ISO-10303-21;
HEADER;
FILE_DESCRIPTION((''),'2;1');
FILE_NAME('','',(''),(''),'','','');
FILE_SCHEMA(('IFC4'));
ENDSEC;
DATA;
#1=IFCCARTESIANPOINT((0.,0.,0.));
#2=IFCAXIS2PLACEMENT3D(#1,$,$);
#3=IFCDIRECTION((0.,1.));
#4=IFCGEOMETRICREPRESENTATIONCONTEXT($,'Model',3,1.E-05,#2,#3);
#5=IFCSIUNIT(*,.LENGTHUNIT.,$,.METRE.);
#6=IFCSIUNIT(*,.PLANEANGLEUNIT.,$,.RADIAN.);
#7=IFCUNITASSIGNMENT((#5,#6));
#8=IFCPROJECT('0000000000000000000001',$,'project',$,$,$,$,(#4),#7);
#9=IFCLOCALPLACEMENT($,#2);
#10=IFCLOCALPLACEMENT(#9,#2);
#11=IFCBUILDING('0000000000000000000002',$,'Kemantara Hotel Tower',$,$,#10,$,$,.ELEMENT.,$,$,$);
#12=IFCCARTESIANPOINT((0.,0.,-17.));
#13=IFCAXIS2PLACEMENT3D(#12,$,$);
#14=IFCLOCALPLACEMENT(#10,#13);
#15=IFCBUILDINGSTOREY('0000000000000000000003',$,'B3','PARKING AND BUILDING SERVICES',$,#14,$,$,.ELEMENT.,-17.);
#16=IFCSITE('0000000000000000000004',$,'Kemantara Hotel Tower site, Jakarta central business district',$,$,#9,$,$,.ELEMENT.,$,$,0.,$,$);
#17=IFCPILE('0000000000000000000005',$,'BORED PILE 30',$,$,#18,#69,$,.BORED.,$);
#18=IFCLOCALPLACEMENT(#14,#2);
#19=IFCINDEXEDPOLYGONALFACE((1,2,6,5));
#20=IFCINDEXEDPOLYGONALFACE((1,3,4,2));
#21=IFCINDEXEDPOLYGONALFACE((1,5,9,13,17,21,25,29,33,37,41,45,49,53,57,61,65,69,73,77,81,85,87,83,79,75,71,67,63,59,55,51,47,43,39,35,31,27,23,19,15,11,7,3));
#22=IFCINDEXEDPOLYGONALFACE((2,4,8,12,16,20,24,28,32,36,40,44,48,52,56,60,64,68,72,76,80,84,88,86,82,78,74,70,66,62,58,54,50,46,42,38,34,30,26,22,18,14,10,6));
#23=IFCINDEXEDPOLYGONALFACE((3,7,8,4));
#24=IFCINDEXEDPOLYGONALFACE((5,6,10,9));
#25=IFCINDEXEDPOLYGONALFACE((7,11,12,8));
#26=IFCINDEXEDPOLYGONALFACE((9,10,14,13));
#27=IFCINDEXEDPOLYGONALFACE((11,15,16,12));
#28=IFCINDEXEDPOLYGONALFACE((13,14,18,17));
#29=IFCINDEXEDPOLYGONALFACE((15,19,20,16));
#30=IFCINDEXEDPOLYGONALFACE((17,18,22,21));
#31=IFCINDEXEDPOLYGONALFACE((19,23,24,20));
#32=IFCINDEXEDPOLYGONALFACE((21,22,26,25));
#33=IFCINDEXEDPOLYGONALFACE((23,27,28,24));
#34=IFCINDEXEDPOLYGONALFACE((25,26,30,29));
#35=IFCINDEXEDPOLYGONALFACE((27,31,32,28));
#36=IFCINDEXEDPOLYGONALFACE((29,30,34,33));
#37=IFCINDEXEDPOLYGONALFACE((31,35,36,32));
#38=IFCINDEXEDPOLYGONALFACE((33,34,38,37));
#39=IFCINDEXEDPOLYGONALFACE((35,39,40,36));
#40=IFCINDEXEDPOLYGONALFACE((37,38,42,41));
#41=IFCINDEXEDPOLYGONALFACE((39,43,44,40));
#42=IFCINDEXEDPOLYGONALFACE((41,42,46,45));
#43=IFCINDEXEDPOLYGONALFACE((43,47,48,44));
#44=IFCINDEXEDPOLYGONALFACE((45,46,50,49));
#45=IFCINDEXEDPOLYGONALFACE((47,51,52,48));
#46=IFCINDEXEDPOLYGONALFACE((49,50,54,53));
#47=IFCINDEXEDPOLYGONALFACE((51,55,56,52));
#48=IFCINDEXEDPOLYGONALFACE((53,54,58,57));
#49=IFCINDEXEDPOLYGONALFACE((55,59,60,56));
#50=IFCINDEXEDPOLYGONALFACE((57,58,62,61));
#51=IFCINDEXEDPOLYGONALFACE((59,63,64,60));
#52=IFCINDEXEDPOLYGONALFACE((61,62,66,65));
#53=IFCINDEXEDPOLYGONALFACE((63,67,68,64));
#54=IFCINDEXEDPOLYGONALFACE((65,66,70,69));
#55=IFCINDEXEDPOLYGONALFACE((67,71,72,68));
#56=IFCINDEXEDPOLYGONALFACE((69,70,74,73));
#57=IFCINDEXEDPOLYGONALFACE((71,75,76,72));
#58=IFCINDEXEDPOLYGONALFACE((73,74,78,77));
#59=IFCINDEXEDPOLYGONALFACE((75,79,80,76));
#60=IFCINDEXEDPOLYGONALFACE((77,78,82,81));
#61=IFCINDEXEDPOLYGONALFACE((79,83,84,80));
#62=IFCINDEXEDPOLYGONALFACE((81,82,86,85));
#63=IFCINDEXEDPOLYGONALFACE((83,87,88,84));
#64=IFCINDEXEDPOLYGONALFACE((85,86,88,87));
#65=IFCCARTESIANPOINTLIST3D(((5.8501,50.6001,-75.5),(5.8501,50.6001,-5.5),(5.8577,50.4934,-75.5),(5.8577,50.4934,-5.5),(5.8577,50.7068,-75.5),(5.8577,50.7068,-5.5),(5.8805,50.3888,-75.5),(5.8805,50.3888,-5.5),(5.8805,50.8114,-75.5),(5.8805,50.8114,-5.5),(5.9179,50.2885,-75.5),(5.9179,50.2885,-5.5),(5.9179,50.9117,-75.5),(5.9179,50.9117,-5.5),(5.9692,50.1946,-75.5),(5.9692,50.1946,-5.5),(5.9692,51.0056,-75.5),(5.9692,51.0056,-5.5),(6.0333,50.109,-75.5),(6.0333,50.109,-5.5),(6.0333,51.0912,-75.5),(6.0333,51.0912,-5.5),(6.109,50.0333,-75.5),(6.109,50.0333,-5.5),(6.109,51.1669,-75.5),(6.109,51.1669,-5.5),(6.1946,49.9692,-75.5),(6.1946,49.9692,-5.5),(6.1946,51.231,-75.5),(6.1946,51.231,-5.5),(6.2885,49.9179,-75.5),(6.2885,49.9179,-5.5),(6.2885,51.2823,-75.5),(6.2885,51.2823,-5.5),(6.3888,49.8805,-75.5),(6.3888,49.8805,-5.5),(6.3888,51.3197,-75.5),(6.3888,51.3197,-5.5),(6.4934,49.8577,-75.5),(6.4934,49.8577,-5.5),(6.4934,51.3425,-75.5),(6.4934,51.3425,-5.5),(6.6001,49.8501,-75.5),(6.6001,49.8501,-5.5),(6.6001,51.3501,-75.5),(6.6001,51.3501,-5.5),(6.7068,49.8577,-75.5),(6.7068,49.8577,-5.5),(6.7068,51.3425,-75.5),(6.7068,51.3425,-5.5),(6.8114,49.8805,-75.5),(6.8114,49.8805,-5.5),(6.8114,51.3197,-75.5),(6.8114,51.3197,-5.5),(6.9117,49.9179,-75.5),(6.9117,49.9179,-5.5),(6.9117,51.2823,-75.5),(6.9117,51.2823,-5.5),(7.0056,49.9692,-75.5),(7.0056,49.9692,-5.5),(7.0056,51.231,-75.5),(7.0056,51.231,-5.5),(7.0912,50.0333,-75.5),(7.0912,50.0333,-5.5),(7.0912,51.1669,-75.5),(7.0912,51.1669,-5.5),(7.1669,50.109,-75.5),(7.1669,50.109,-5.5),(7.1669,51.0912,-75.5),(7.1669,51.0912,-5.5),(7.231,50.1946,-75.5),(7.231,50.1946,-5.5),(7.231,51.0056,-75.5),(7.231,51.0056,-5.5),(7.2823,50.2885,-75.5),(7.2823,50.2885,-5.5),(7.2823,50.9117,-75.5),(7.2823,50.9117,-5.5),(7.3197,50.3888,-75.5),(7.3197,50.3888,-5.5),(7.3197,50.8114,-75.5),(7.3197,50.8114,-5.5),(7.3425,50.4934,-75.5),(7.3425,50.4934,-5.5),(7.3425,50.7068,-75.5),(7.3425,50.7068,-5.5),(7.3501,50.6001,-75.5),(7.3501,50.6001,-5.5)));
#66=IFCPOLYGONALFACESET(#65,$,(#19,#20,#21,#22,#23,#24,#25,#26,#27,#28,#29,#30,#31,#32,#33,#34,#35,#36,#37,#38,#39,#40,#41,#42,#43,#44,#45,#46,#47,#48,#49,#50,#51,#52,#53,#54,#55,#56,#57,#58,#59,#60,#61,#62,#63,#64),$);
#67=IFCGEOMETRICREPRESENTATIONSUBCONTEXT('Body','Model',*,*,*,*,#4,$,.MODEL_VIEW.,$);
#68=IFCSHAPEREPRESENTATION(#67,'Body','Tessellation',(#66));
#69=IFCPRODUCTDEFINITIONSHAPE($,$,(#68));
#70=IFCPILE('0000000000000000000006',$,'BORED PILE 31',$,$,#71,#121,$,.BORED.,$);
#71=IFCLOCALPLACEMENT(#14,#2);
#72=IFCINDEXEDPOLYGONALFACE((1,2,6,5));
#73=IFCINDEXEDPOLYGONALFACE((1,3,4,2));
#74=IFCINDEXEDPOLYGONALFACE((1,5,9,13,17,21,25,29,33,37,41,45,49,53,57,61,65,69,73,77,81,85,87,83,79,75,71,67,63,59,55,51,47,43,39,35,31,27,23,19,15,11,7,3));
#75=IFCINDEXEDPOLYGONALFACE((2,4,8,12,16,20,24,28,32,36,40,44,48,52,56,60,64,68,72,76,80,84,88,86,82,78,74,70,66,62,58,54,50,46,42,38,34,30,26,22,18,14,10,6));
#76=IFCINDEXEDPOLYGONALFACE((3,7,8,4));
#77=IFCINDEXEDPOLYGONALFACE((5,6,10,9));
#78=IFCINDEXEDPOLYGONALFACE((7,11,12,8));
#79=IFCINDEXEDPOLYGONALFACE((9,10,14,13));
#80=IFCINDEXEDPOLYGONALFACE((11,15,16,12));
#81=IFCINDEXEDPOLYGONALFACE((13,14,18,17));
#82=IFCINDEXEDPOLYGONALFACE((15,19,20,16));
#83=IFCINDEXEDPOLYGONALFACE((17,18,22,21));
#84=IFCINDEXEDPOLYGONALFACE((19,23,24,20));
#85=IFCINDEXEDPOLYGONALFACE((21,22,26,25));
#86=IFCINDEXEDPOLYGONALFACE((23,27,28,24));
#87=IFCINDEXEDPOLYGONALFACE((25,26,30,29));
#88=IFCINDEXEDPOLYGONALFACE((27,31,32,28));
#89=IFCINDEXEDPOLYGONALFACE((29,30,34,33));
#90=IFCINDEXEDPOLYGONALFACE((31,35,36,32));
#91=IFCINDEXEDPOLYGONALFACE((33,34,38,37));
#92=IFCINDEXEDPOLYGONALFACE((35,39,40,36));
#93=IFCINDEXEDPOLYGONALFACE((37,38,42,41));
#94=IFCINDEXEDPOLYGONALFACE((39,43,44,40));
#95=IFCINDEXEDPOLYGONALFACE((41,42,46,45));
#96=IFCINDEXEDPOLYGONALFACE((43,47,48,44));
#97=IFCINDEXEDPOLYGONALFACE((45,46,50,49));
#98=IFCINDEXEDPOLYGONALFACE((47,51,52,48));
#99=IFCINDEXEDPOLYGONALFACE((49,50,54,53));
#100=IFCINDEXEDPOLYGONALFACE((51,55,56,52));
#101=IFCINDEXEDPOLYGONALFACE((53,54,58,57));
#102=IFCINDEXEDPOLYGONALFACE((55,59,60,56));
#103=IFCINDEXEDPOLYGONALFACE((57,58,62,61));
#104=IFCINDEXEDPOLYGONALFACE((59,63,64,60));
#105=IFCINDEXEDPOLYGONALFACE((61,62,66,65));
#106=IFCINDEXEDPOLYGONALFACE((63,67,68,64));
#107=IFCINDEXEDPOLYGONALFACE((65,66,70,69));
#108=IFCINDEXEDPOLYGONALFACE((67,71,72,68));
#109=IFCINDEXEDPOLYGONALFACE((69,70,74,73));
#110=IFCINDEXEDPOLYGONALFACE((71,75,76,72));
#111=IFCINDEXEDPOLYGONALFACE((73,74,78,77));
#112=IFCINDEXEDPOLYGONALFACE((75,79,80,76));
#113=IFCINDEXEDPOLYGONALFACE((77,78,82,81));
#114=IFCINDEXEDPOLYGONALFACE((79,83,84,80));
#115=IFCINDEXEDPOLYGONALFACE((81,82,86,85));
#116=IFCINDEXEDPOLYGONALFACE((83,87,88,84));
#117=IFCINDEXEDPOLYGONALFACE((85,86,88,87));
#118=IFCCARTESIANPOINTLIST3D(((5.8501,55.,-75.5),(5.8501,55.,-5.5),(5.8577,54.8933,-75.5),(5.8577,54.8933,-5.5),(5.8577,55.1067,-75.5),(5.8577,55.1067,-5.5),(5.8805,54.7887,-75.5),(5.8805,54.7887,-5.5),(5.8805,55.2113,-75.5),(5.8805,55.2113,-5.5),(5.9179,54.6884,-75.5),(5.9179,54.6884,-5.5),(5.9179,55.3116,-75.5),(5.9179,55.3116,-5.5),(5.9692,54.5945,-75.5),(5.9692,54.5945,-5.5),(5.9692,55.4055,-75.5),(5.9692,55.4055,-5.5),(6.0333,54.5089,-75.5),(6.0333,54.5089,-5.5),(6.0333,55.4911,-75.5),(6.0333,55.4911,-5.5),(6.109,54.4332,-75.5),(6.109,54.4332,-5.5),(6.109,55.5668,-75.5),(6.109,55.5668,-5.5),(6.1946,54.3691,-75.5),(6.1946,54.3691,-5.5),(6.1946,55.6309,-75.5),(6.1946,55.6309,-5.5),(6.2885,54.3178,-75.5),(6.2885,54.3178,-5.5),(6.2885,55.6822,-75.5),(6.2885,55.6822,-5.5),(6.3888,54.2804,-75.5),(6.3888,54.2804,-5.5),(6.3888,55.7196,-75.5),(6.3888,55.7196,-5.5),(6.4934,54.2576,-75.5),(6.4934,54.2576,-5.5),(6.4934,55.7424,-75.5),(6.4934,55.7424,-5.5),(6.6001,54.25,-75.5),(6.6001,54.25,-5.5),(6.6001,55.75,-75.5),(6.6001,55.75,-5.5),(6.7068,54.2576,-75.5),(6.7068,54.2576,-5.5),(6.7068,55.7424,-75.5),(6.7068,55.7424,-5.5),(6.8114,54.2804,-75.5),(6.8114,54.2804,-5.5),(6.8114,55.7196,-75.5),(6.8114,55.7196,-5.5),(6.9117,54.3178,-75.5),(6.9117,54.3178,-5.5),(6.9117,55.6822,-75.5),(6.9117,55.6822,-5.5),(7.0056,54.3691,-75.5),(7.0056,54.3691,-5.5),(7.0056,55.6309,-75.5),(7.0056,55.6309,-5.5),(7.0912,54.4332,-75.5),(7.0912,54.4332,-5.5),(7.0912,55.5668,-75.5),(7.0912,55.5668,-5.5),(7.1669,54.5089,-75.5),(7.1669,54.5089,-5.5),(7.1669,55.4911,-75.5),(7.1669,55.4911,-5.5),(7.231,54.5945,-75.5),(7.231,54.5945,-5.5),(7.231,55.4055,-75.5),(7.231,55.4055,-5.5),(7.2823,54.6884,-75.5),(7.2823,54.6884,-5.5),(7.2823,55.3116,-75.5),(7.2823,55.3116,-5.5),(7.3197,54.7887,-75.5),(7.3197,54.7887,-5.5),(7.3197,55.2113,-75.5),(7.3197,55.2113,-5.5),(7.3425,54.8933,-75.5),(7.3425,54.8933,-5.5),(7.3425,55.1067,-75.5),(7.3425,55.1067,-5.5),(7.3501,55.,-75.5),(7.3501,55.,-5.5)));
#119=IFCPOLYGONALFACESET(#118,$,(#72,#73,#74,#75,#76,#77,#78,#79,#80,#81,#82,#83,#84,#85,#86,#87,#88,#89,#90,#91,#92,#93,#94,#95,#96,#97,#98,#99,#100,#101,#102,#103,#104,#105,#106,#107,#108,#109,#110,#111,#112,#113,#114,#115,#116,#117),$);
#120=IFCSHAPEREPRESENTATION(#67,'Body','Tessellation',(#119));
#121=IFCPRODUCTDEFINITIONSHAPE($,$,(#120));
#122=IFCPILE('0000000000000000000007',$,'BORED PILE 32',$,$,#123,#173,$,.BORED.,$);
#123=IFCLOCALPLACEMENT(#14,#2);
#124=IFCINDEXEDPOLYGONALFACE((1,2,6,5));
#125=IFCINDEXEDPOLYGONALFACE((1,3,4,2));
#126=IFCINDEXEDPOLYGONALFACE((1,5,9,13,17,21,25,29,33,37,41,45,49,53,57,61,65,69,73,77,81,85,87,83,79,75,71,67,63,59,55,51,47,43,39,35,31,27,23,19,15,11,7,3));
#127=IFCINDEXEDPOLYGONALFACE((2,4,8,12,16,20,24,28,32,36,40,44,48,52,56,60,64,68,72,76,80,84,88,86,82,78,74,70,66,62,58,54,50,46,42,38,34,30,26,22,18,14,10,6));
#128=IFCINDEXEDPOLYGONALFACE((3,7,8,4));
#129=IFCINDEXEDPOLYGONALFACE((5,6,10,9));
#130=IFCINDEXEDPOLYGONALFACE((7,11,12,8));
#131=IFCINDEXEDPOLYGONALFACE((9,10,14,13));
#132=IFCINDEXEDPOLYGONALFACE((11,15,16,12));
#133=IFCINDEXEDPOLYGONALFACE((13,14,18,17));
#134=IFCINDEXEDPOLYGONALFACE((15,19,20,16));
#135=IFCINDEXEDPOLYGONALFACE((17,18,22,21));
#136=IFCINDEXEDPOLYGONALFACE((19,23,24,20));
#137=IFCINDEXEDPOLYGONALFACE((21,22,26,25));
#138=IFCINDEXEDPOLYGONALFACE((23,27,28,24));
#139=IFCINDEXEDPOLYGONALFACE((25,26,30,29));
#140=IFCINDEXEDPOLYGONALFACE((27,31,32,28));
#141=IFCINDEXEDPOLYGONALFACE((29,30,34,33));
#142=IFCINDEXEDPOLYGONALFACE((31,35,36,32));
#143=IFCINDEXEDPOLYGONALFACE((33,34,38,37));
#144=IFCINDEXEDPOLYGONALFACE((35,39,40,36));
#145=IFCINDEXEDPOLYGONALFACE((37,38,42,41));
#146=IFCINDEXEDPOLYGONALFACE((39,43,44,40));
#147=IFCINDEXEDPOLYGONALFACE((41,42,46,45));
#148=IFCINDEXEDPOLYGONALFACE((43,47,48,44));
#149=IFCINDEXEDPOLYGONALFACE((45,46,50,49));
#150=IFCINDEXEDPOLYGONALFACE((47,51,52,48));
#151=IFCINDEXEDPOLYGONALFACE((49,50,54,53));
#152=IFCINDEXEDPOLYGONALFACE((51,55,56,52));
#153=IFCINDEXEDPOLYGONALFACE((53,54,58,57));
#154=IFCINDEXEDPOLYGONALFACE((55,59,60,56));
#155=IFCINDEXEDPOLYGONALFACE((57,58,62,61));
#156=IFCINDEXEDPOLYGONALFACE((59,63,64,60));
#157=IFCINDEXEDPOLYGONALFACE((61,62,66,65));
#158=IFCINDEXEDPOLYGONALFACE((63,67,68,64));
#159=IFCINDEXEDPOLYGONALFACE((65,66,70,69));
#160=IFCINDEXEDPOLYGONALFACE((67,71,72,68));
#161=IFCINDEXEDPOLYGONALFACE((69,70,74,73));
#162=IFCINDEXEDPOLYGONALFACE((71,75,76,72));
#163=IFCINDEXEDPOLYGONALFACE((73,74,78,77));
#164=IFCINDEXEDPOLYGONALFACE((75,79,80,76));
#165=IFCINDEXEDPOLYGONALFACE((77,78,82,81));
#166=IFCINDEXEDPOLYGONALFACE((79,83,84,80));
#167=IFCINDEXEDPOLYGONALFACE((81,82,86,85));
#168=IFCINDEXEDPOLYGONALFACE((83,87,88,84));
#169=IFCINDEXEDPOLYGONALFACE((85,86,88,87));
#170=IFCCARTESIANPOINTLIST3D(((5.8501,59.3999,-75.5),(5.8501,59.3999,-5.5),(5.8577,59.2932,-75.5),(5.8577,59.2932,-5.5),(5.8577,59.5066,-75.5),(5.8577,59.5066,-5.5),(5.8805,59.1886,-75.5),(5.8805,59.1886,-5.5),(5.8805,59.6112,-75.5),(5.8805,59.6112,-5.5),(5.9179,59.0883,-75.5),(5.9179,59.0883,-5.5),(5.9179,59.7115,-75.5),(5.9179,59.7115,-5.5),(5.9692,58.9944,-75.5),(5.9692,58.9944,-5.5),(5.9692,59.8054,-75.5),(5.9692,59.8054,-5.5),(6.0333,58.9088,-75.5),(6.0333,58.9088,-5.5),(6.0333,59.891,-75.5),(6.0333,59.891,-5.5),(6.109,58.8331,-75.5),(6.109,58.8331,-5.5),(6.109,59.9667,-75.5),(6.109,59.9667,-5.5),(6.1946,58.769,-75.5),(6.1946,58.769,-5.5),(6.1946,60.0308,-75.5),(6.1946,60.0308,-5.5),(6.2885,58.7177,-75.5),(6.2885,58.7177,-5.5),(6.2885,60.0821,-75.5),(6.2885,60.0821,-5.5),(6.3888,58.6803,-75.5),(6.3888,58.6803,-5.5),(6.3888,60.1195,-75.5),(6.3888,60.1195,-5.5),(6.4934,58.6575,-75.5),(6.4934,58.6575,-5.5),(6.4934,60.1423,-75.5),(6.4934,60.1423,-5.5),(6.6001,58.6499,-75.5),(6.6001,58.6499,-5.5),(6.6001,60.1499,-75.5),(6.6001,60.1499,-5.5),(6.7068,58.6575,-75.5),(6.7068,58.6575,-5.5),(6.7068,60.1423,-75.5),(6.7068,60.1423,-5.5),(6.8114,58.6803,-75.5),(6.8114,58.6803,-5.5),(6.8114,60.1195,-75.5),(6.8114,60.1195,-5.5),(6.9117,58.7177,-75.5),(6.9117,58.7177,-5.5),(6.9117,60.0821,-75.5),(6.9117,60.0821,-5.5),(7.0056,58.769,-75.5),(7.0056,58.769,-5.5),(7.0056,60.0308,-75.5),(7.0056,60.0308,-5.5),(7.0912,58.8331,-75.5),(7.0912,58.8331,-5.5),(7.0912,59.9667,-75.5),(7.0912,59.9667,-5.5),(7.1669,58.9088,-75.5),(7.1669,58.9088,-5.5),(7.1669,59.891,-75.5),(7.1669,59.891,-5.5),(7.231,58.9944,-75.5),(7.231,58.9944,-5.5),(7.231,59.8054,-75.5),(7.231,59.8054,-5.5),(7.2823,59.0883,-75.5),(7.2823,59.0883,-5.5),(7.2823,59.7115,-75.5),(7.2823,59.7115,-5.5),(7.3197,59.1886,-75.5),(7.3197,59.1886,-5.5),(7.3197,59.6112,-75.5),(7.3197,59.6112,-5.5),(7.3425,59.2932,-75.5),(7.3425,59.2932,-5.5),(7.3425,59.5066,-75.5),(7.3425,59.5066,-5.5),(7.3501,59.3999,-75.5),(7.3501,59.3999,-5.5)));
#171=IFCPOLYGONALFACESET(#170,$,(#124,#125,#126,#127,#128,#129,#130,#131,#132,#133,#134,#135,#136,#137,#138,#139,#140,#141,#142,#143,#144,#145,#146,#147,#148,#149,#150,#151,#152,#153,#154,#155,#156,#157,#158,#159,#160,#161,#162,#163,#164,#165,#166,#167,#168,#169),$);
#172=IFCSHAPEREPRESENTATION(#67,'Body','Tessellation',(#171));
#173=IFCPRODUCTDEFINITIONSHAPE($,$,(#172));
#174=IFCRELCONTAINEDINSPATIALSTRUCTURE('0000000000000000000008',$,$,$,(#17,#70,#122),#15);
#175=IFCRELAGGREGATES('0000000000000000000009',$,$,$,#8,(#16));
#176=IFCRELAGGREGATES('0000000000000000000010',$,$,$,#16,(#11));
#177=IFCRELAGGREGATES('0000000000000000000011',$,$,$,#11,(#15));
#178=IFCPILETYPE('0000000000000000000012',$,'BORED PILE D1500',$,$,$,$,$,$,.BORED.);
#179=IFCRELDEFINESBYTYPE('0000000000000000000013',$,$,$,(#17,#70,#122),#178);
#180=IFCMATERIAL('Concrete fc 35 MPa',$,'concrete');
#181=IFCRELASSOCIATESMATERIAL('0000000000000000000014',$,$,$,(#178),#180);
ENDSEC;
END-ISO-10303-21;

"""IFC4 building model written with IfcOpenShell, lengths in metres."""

from ifc_helpers import new_model, si_unit, direction, frame, origin, origin_2d, place, context, subcontext, project, spatial, circle, extrude, material, material_profile, profile_set, type_object, element, save


model = new_model("IFC4")

# Units and contexts
model_context = context("Model", 3, precision=1e-05, world=origin(), true_north=direction((0.0, 1.0)))
body_context = subcontext(model_context, "Body", "Model", "MODEL_VIEW")
ifc_project = project(units=[si_unit("LENGTHUNIT", "METRE"), si_unit("PLANEANGLEUNIT", "RADIAN")], contexts=[model_context])

# Site, building, storey
site_placement = place(None, origin())
site = spatial("IfcSite", under=ifc_project, at=site_placement, Name="Kemantara Hotel Tower site, Jakarta central business district", CompositionType="ELEMENT", RefElevation=0.0)
building_placement = place(site_placement, origin())
building = spatial("IfcBuilding", under=site, at=building_placement, Name="Kemantara Hotel Tower", CompositionType="ELEMENT")
storey_placement = place(building_placement, frame((0.0, 0.0, -17.0)))
storey = spatial("IfcBuildingStorey", under=building, at=storey_placement, Name="B3", Description="PARKING AND BUILDING SERVICES", CompositionType="ELEMENT", Elevation=-17.0)

# Piles
ifc_material_1 = material(Name="Concrete fc 35 MPa", Category="concrete")
ifc_material_profile_1 = material_profile(ifc_material_1, circle(Radius=0.75, at=origin_2d()), Name="BORED PILE D1500")
ifc_profile_set_1 = profile_set([ifc_material_profile_1], Name="Concrete fc 35 MPa")
pile_type = type_object("IfcPileType", Name="BORED PILE D1500", PredefinedType="BORED", material=ifc_profile_set_1)
for number, where, z_axis, x_axis, name in (
    (1, (6.6001, 50.6001, -5.5), (0.0, 0.0, -1.0), (1.0, 0.0, 0.0), "BORED PILE 30"),
    (2, (6.6001, 55.0, -5.5), (0.0, 0.0, -1.0), (1.0, 0.0, 0.0), "BORED PILE 31"),
    (3, (6.6001, 59.3999, -5.5), (0.0, 0.0, -1.0), (1.0, 0.0, 0.0), "BORED PILE 32"),
):
    element("IfcPile", number, at=place(storey_placement, frame(where, z_axis=z_axis, x_axis=x_axis)), inside=storey, type_object=pile_type, Name=name, PredefinedType="BORED", context=body_context, shape_type="SweptSolid", body=[
        extrude(circle(Radius=0.75, at=origin_2d()), origin(), (0.0, 0.0, 1.0), 70.0),
    ])

save(model, "model.ifc")
